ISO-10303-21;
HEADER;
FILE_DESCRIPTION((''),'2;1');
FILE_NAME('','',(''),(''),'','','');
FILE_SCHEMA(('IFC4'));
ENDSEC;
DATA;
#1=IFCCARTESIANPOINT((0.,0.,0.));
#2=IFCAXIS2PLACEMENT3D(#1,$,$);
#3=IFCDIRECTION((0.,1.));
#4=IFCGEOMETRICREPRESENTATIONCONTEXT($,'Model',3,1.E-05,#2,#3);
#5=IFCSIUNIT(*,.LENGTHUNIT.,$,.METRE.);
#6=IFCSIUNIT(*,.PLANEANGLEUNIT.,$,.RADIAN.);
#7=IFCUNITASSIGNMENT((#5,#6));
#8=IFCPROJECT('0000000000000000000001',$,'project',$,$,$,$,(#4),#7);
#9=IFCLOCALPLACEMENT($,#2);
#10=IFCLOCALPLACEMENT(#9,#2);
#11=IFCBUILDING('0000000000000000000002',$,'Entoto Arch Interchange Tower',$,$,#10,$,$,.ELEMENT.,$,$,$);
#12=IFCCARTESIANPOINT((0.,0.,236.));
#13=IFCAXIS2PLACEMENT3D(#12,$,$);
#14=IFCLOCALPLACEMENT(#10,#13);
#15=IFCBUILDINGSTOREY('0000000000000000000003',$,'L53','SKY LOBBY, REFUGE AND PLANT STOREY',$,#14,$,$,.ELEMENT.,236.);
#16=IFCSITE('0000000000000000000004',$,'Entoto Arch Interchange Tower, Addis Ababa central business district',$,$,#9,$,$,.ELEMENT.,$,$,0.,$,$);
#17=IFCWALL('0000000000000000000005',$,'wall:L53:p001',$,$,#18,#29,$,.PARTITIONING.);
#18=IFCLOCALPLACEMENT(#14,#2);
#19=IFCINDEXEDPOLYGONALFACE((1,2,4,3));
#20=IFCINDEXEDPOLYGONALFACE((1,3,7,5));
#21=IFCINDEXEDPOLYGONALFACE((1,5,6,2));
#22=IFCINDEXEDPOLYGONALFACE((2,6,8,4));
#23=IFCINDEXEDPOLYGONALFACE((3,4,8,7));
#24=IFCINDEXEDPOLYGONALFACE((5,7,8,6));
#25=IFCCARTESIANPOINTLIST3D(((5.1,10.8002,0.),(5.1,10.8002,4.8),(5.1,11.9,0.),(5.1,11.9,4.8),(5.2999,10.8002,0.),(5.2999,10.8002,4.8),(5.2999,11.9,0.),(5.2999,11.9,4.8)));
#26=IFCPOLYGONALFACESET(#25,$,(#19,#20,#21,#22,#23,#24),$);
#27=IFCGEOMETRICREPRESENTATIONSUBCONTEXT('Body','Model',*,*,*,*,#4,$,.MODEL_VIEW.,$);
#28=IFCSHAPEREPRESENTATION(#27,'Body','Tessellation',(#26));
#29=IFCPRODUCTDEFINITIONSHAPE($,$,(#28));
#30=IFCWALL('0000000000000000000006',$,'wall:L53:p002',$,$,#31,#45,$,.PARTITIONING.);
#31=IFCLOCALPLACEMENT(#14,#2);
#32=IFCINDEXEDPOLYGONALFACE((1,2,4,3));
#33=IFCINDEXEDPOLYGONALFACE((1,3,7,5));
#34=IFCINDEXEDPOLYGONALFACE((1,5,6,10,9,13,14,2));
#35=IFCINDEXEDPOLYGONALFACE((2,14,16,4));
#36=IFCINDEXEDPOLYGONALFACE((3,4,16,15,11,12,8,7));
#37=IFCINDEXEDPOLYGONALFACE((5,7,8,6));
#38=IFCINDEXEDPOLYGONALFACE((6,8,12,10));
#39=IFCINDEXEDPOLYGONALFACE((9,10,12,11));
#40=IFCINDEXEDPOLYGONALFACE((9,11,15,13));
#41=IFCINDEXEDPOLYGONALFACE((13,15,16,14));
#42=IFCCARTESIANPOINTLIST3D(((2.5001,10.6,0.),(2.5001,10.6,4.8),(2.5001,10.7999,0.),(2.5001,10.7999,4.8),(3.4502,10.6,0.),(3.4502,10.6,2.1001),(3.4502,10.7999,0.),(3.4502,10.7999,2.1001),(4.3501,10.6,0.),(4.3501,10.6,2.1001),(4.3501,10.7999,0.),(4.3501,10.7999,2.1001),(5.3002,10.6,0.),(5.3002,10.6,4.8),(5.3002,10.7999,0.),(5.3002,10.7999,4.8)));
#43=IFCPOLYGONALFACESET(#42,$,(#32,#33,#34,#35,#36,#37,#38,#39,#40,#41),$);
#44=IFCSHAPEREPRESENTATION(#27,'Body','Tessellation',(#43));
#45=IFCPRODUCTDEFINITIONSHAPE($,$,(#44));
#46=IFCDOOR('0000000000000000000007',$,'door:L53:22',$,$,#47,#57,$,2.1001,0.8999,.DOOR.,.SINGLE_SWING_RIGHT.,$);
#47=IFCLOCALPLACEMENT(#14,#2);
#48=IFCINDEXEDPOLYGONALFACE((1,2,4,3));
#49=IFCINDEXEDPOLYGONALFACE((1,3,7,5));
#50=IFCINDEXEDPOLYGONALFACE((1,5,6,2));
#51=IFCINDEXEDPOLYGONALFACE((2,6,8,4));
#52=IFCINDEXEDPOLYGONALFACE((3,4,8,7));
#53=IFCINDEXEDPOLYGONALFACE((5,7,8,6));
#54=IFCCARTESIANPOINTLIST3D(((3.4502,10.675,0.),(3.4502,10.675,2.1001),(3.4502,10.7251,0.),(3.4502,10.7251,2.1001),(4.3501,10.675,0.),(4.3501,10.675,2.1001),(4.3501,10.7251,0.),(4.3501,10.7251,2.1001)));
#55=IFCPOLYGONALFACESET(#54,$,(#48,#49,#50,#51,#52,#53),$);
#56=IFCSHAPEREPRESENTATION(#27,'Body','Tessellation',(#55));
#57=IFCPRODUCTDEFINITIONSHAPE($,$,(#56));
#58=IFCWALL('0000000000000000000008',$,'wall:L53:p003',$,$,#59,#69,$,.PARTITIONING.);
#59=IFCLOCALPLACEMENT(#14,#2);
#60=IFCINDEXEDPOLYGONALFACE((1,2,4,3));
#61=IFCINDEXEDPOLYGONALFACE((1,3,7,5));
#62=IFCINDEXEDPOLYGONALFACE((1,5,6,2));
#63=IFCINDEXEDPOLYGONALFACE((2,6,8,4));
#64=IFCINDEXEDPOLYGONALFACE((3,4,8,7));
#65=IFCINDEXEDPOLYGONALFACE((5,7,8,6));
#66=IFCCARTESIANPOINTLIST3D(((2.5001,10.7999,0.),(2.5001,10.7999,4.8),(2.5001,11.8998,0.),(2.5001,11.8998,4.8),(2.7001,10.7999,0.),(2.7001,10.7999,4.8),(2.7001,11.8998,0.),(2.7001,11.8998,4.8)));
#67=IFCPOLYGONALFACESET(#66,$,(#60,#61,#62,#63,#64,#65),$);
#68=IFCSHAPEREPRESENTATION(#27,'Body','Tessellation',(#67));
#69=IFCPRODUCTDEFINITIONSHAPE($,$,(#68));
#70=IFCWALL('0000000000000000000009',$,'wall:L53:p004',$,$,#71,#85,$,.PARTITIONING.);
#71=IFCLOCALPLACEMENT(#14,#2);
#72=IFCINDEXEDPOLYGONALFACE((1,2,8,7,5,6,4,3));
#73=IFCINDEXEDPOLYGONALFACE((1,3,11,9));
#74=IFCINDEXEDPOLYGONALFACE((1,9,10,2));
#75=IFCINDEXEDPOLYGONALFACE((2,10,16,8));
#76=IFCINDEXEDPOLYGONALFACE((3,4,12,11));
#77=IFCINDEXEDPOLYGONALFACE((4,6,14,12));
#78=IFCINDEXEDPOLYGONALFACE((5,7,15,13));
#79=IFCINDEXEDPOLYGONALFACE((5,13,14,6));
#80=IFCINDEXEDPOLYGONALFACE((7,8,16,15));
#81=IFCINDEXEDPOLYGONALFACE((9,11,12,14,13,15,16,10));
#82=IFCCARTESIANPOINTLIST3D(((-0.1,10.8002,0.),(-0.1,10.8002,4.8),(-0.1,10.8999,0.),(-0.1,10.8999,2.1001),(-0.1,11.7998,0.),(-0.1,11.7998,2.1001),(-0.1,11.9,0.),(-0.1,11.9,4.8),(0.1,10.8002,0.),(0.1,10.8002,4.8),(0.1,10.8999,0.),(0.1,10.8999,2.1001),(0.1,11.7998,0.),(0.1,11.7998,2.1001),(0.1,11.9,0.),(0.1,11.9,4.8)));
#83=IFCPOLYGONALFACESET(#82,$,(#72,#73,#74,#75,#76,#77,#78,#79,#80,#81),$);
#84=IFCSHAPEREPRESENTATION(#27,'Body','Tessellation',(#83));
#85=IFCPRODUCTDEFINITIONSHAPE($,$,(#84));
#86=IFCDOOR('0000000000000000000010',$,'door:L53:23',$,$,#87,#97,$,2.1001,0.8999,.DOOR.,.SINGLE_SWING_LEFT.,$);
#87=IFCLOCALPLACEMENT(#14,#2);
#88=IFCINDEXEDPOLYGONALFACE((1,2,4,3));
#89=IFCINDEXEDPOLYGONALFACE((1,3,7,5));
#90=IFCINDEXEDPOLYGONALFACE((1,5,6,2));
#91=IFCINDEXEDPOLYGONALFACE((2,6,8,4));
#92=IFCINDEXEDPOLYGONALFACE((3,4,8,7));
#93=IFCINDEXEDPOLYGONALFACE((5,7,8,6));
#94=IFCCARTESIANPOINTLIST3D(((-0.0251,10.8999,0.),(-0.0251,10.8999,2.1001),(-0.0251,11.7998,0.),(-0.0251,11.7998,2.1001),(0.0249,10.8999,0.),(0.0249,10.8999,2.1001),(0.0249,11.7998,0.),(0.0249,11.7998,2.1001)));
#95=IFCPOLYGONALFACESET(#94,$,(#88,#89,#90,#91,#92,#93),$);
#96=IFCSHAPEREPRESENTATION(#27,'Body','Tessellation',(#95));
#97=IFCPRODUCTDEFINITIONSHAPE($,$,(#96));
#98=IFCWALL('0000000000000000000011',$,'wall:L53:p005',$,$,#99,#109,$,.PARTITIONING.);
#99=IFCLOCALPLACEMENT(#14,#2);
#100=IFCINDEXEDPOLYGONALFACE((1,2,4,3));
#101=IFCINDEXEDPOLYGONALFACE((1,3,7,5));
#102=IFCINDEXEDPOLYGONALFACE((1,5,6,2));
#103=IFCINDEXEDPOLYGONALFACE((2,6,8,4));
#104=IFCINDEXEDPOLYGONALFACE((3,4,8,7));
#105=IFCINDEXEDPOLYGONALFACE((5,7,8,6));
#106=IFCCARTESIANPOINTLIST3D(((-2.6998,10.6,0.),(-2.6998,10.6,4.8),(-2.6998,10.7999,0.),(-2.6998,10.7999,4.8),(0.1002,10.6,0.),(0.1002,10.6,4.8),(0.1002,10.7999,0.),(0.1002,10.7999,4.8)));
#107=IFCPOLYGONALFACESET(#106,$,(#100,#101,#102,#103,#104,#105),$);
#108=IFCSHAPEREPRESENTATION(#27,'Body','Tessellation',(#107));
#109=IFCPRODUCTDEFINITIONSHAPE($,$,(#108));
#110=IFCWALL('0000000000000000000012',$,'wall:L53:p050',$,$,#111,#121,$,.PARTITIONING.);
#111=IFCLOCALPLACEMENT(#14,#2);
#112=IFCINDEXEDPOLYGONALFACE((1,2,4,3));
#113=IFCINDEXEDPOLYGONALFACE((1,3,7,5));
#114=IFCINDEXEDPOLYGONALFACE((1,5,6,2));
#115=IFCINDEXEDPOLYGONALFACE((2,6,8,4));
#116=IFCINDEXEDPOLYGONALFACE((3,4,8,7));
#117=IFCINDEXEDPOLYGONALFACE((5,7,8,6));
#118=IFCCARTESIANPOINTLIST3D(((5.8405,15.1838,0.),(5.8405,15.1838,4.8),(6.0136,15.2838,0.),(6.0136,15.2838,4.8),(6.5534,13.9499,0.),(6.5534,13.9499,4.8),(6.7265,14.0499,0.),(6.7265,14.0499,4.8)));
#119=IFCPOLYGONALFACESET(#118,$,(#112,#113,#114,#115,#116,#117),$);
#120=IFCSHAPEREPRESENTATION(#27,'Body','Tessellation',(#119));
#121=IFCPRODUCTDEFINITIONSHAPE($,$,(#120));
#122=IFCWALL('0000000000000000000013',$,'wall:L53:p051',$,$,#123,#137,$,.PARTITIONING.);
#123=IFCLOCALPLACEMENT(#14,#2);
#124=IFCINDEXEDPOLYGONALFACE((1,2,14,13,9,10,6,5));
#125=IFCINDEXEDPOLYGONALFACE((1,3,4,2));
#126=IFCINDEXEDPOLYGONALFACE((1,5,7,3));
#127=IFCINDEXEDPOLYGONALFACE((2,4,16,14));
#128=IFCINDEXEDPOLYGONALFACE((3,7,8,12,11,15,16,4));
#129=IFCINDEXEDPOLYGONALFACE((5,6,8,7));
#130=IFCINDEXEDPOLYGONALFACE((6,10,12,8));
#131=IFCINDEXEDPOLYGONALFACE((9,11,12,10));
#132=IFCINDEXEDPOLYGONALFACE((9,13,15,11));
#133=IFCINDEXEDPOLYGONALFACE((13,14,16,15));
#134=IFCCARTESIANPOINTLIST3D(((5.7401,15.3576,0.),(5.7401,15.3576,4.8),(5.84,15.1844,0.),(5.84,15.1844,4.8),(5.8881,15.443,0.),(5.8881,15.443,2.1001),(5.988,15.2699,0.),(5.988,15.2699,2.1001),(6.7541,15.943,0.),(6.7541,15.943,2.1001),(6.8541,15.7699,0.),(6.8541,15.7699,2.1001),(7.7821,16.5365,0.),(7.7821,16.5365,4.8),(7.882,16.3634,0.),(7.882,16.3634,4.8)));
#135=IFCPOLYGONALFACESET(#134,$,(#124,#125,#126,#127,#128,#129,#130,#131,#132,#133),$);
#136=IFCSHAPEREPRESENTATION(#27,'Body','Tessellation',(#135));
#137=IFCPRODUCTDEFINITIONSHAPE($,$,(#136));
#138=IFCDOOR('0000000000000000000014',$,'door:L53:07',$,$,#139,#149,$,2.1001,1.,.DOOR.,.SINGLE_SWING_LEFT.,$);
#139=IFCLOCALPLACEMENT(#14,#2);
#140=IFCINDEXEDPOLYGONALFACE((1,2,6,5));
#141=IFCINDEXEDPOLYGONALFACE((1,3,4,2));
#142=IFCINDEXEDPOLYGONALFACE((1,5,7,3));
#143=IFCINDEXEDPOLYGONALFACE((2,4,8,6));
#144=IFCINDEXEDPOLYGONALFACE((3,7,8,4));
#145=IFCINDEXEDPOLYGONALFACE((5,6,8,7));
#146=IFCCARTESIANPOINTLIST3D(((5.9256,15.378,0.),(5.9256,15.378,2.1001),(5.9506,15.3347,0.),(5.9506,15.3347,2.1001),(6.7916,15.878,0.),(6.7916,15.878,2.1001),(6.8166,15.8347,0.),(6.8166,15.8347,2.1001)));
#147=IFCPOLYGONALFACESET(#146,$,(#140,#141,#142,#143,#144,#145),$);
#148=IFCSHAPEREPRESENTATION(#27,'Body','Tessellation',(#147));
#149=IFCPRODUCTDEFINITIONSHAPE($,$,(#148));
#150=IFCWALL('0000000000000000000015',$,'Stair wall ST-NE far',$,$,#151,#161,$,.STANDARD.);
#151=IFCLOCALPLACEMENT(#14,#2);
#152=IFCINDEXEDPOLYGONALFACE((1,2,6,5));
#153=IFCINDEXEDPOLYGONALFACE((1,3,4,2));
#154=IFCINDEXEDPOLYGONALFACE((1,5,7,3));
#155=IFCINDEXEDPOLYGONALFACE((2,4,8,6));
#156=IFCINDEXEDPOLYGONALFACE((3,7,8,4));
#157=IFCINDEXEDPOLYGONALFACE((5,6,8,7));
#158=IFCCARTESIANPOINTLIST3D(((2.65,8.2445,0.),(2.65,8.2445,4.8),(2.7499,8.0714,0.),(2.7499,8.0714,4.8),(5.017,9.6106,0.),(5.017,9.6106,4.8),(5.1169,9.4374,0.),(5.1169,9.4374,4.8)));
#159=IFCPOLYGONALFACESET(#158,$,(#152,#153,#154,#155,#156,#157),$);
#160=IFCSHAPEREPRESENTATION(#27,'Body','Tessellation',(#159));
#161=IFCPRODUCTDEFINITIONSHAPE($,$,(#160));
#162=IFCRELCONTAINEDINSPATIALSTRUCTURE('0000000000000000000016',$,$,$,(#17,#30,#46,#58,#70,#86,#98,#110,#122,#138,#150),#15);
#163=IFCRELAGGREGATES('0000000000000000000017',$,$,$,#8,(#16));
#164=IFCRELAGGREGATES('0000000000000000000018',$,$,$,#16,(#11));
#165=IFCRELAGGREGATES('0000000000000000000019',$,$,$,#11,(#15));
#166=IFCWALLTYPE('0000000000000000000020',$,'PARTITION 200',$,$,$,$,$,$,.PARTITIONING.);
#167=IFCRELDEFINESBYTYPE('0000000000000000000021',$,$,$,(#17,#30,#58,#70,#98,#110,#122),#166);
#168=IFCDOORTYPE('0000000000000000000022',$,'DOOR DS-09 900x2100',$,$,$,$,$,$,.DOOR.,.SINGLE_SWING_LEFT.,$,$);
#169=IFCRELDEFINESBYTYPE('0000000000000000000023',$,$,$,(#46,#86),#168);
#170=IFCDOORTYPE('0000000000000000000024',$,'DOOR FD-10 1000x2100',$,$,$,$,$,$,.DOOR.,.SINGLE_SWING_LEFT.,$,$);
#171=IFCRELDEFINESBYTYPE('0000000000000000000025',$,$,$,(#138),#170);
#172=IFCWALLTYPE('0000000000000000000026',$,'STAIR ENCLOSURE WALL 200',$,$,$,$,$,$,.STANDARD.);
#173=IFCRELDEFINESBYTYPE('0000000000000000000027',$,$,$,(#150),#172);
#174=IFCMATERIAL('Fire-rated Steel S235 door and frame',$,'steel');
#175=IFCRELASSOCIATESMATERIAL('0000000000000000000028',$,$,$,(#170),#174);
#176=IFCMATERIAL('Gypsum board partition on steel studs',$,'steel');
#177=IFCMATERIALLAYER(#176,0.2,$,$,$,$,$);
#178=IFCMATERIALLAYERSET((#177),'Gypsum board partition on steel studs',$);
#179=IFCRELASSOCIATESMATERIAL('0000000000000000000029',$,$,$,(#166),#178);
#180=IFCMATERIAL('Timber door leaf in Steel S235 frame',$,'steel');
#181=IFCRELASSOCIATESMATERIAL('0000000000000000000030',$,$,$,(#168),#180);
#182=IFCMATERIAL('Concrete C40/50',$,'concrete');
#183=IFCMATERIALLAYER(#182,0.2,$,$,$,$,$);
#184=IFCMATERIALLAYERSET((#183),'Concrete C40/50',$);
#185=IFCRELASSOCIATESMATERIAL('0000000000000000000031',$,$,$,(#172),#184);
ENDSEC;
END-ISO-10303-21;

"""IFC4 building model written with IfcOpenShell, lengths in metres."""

from ifc_helpers import new_model, si_unit, direction, frame, frame_2d, origin, place, context, subcontext, project, spatial, rectangle, extrude, material, layer, layer_set, type_object, element, fill, save


model = new_model("IFC4")

# Units and contexts
model_context = context("Model", 3, precision=1e-05, world=origin(), true_north=direction((0.0, 1.0)))
body_context = subcontext(model_context, "Body", "Model", "MODEL_VIEW")
ifc_project = project(units=[si_unit("LENGTHUNIT", "METRE"), si_unit("PLANEANGLEUNIT", "RADIAN")], contexts=[model_context])

# Site, building, storey
site_placement = place(None, origin())
site = spatial("IfcSite", under=ifc_project, at=site_placement, Name="Entoto Arch Interchange Tower, Addis Ababa central business district", CompositionType="ELEMENT", RefElevation=0.0)
building_placement = place(site_placement, origin())
building = spatial("IfcBuilding", under=site, at=building_placement, Name="Entoto Arch Interchange Tower", CompositionType="ELEMENT")
storey_placement = place(building_placement, frame((0.0, 0.0, 236.0)))
storey = spatial("IfcBuildingStorey", under=building, at=storey_placement, Name="L53", Description="SKY LOBBY, REFUGE AND PLANT STOREY", CompositionType="ELEMENT", Elevation=236.0)

# Shared definitions
ifc_material_1 = material(Name="Fire-rated Steel S235 door and frame", Category="steel")
door_type_1 = type_object("IfcDoorType", Name="DOOR FD-10 1000x2100", OperationType="SINGLE_SWING_LEFT", PredefinedType="DOOR", material=ifc_material_1)

# Shared definitions
ifc_material_2 = material(Name="Concrete C40/50", Category="concrete")

# Wall
ifc_material_3 = material(Name="Gypsum board partition on steel studs", Category="steel")
ifc_layer_1 = layer(ifc_material_3, 0.2)
ifc_layer_set_1 = layer_set([ifc_layer_1], Name="Gypsum board partition on steel studs")
wall_type_1 = type_object("IfcWallType", Name="PARTITION 200", PredefinedType="PARTITIONING", material=ifc_layer_set_1)
wall_1_placement = place(storey_placement, frame((5.2, 11.8999, 0.0), z_axis=(0.0, 0.0, 1.0), x_axis=(0.0, -1.0, 0.0)))
element("IfcWall", 1, at=wall_1_placement, inside=storey, type_object=wall_type_1, Name="wall:L53:p001", PredefinedType="PARTITIONING", context=body_context, shape_type="SweptSolid", body=[
    extrude(rectangle(XDim=1.0999, YDim=0.2, at=frame_2d((0.5498, 0.0))), origin(), (0.0, 0.0, 1.0), 4.8),
])

# Wall, opening, door
wall_2_placement = place(storey_placement, frame((5.3, 10.7, 0.0), z_axis=(0.0, 0.0, 1.0), x_axis=(-1.0, 0.0, 0.0)))
wall_2 = element("IfcWall", 2, at=wall_2_placement, inside=storey, type_object=wall_type_1, Name="wall:L53:p002", PredefinedType="PARTITIONING", context=body_context, shape_type="SweptSolid", body=[
    extrude(rectangle(XDim=2.8, YDim=0.2, at=frame_2d((1.3999, 0.0))), origin(), (0.0, 0.0, 1.0), 4.8),
])
opening_1_placement = place(wall_2_placement, frame((0.95, 0.0, 0.0)))
opening_1 = element("IfcOpeningElement", 3, at=opening_1_placement, cuts=wall_2, PredefinedType="OPENING", context=body_context, shape_type="SweptSolid", body=[
    extrude(rectangle(XDim=0.8999, YDim=2.1001, at=frame_2d((0.45, 1.05))), frame((0.0, 0.1099, 0.0), z_axis=(0.0, -1.0, 0.0), x_axis=(1.0, 0.0, 0.0)), (0.0, 0.0, 1.0), 0.22),
])
ifc_material_4 = material(Name="Timber door leaf in Steel S235 frame", Category="steel")
door_type_2 = type_object("IfcDoorType", Name="DOOR DS-09 900x2100", OperationType="SINGLE_SWING_LEFT", PredefinedType="DOOR", material=ifc_material_4)
door_1_placement = place(opening_1_placement, origin())
door_1 = element("IfcDoor", 4, at=door_1_placement, inside=storey, type_object=door_type_2, Name="door:L53:22", OperationType="SINGLE_SWING_RIGHT", OverallHeight=2.1001, OverallWidth=0.8999, PredefinedType="DOOR", context=body_context, shape_type="SweptSolid", body=[
    extrude(rectangle(XDim=0.8999, YDim=2.1001, at=frame_2d((0.45, 1.05))), frame((0.0, 0.0249, 0.0), z_axis=(0.0, -1.0, 0.0), x_axis=(1.0, 0.0, 0.0)), (0.0, 0.0, 1.0), 0.05),
])
fill(opening_1, door_1)

# Wall
wall_3_placement = place(storey_placement, frame((2.6001, 10.8, 0.0), z_axis=(0.0, 0.0, 1.0), x_axis=(0.0, 1.0, 0.0)))
element("IfcWall", 5, at=wall_3_placement, inside=storey, type_object=wall_type_1, Name="wall:L53:p003", PredefinedType="PARTITIONING", context=body_context, shape_type="SweptSolid", body=[
    extrude(rectangle(XDim=1.0999, YDim=0.2, at=frame_2d((0.5498, 0.0))), origin(), (0.0, 0.0, 1.0), 4.8),
])

# Wall, opening, door
wall_4_placement = place(storey_placement, frame((0.0, 11.8999, 0.0), z_axis=(0.0, 0.0, 1.0), x_axis=(0.0, -1.0, 0.0)))
wall_4 = element("IfcWall", 6, at=wall_4_placement, inside=storey, type_object=wall_type_1, Name="wall:L53:p004", PredefinedType="PARTITIONING", context=body_context, shape_type="SweptSolid", body=[
    extrude(rectangle(XDim=1.0999, YDim=0.2, at=frame_2d((0.5498, 0.0))), origin(), (0.0, 0.0, 1.0), 4.8),
])
opening_2_placement = place(wall_4_placement, frame((0.1001, 0.0, 0.0)))
opening_2 = element("IfcOpeningElement", 7, at=opening_2_placement, cuts=wall_4, PredefinedType="OPENING", context=body_context, shape_type="SweptSolid", body=[
    extrude(rectangle(XDim=0.8999, YDim=2.1001, at=frame_2d((0.45, 1.05))), frame((0.0, 0.1099, 0.0), z_axis=(0.0, -1.0, 0.0), x_axis=(1.0, 0.0, 0.0)), (0.0, 0.0, 1.0), 0.22),
])
door_2_placement = place(opening_2_placement, origin())
door_2 = element("IfcDoor", 8, at=door_2_placement, inside=storey, type_object=door_type_2, Name="door:L53:23", OperationType="SINGLE_SWING_LEFT", OverallHeight=2.1001, OverallWidth=0.8999, PredefinedType="DOOR", context=body_context, shape_type="SweptSolid", body=[
    extrude(rectangle(XDim=0.8999, YDim=2.1001, at=frame_2d((0.45, 1.05))), frame((0.0, 0.0249, 0.0), z_axis=(0.0, -1.0, 0.0), x_axis=(1.0, 0.0, 0.0)), (0.0, 0.0, 1.0), 0.05),
])
fill(opening_2, door_2)

# Walls
wall_5_placement = place(storey_placement, frame((0.1001, 10.7, 0.0), z_axis=(0.0, 0.0, 1.0), x_axis=(-1.0, 0.0, 0.0)))
element("IfcWall", 9, at=wall_5_placement, inside=storey, type_object=wall_type_1, Name="wall:L53:p005", PredefinedType="PARTITIONING", context=body_context, shape_type="SweptSolid", body=[
    extrude(rectangle(XDim=2.8, YDim=0.2, at=frame_2d((1.3999, 0.0))), origin(), (0.0, 0.0, 1.0), 4.8),
])
wall_6_placement = place(storey_placement, frame((6.6399, 14.0, 0.0), z_axis=(0.0, 0.0, 1.0), x_axis=(-0.500266, 0.865872, 0.0)))
element("IfcWall", 10, at=wall_6_placement, inside=storey, type_object=wall_type_1, Name="wall:L53:p050", PredefinedType="PARTITIONING", context=body_context, shape_type="SweptSolid", body=[
    extrude(rectangle(XDim=1.425, YDim=0.2, at=frame_2d((0.7124, 0.0))), origin(), (0.0, 0.0, 1.0), 4.8),
])

# Wall, opening, door
wall_7_placement = place(storey_placement, frame((5.79, 15.271, 0.0), z_axis=(0.0, 0.0, 1.0), x_axis=(0.866024, 0.500003, 0.0)))
wall_7 = element("IfcWall", 11, at=wall_7_placement, inside=storey, type_object=wall_type_1, Name="wall:L53:p051", PredefinedType="PARTITIONING", context=body_context, shape_type="SweptSolid", body=[
    extrude(rectangle(XDim=2.3579, YDim=0.2, at=frame_2d((1.179, 0.0))), origin(), (0.0, 0.0, 1.0), 4.8),
])
opening_3_placement = place(wall_7_placement, frame((0.1709, 0.0, 0.0)))
opening_3 = element("IfcOpeningElement", 12, at=opening_3_placement, cuts=wall_7, PredefinedType="OPENING", context=body_context, shape_type="SweptSolid", body=[
    extrude(rectangle(XDim=1.0, YDim=2.1001, at=frame_2d((0.5, 1.05))), frame((0.0, 0.1099, 0.0), z_axis=(0.0, -1.0, 0.0), x_axis=(1.0, 0.0, 0.0)), (0.0, 0.0, 1.0), 0.22),
])
door_3_placement = place(opening_3_placement, origin())
door_3 = element("IfcDoor", 13, at=door_3_placement, inside=storey, type_object=door_type_1, Name="door:L53:07", OperationType="SINGLE_SWING_LEFT", OverallHeight=2.1001, OverallWidth=1.0, PredefinedType="DOOR", context=body_context, shape_type="SweptSolid", body=[
    extrude(rectangle(XDim=1.0, YDim=2.1001, at=frame_2d((0.5, 1.05))), frame((0.0, 0.0249, 0.0), z_axis=(0.0, -1.0, 0.0), x_axis=(1.0, 0.0, 0.0)), (0.0, 0.0, 1.0), 0.05),
])
fill(opening_3, door_3)

# Wall
ifc_layer_2 = layer(ifc_material_2, 0.2)
ifc_layer_set_2 = layer_set([ifc_layer_2], Name="Concrete C40/50")
wall_type_2 = type_object("IfcWallType", Name="STAIR ENCLOSURE WALL 200", PredefinedType="STANDARD", material=ifc_layer_set_2)
wall_8_placement = place(storey_placement, frame((2.7, 8.158, 0.0), z_axis=(0.0, 0.0, 1.0), x_axis=(0.866119, 0.499838, 0.0)))
element("IfcWall", 14, at=wall_8_placement, inside=storey, type_object=wall_type_2, Name="Stair wall ST-NE far", PredefinedType="STANDARD", context=body_context, shape_type="SweptSolid", body=[
    extrude(rectangle(XDim=2.7329, YDim=0.2, at=frame_2d((1.3665, 0.0))), origin(), (0.0, 0.0, 1.0), 4.8),
])

save(model, "model.ifc")
